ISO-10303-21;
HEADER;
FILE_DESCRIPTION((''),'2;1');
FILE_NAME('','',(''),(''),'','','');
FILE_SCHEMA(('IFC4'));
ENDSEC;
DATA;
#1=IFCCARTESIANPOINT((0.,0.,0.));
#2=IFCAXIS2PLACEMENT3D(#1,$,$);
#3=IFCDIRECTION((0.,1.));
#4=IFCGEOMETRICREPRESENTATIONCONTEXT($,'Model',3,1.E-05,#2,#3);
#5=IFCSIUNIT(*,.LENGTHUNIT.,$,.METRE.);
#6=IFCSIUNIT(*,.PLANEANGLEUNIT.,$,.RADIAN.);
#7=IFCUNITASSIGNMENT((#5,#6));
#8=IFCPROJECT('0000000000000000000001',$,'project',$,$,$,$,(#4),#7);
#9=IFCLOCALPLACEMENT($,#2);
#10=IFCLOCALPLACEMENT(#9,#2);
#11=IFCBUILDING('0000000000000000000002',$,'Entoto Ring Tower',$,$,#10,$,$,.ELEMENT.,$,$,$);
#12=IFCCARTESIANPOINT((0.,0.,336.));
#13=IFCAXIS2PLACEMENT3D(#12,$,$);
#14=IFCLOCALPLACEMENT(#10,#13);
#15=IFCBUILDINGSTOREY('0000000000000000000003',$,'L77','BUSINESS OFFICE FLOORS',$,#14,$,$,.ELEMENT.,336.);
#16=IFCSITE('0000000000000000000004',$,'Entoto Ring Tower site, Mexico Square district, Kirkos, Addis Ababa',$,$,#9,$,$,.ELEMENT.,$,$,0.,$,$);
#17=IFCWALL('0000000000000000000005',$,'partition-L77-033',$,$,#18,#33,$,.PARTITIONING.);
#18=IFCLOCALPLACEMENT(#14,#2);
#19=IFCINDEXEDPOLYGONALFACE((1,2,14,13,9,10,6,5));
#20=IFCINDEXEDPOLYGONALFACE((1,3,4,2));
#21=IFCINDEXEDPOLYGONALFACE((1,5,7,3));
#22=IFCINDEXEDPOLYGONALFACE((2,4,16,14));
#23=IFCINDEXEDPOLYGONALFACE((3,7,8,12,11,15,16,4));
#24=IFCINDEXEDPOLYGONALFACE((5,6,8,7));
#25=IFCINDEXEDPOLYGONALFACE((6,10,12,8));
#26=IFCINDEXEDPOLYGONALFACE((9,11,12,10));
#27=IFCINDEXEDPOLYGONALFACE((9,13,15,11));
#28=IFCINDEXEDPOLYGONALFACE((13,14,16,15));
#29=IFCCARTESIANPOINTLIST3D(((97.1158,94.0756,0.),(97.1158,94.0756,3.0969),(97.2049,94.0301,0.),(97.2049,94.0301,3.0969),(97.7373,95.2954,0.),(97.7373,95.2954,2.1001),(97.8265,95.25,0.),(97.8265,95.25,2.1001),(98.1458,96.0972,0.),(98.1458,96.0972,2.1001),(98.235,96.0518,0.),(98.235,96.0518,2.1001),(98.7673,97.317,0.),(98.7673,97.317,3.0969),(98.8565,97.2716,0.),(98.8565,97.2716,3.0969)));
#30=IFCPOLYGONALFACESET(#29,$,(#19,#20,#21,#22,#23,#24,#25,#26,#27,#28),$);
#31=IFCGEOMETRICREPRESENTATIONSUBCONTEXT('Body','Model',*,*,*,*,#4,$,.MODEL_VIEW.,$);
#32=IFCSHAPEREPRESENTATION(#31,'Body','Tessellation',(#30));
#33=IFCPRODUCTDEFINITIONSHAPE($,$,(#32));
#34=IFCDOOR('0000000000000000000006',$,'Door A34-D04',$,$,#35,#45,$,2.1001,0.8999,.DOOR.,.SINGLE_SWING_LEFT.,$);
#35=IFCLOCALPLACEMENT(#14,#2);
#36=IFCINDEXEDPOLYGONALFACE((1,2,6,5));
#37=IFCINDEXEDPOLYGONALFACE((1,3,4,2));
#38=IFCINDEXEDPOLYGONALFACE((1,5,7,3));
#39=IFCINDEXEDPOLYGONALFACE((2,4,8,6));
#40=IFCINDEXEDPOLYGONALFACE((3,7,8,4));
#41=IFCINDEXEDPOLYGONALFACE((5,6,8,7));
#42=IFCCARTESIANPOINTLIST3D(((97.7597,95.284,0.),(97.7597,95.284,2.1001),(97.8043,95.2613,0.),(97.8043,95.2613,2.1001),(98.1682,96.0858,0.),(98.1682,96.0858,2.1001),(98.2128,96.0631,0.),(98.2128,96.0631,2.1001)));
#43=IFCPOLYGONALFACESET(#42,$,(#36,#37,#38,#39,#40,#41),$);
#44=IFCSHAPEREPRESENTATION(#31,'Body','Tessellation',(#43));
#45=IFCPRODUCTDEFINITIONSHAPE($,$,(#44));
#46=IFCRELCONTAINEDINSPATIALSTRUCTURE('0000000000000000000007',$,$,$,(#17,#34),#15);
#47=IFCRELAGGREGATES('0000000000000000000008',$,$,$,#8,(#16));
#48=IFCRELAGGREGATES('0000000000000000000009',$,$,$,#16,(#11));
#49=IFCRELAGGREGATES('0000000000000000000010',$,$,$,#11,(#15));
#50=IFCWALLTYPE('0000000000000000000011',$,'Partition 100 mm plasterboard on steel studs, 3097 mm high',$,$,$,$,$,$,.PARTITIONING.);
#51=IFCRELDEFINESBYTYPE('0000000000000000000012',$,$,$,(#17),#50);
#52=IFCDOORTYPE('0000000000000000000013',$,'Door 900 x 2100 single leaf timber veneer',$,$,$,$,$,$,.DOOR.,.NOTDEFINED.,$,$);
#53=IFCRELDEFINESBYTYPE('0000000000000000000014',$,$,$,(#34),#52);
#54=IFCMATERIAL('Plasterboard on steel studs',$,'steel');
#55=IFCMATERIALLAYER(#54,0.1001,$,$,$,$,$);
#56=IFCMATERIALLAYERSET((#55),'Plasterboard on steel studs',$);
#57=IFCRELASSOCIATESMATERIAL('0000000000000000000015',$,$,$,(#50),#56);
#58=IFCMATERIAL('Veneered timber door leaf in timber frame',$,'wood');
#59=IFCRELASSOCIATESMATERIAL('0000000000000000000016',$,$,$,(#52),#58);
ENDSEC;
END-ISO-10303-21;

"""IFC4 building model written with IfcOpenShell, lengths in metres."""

from ifc_helpers import new_model, si_unit, direction, frame, frame_2d, origin, place, context, subcontext, project, spatial, rectangle, extrude, material, layer, layer_set, type_object, element, fill, save


model = new_model("IFC4")

# Units and contexts
model_context = context("Model", 3, precision=1e-05, world=origin(), true_north=direction((0.0, 1.0)))
body_context = subcontext(model_context, "Body", "Model", "MODEL_VIEW")
ifc_project = project(units=[si_unit("LENGTHUNIT", "METRE"), si_unit("PLANEANGLEUNIT", "RADIAN")], contexts=[model_context])

# Site, building, storey
site_placement = place(None, origin())
site = spatial("IfcSite", under=ifc_project, at=site_placement, Name="Entoto Ring Tower site, Mexico Square district, Kirkos, Addis Ababa", CompositionType="ELEMENT", RefElevation=0.0)
building_placement = place(site_placement, origin())
building = spatial("IfcBuilding", under=site, at=building_placement, Name="Entoto Ring Tower", CompositionType="ELEMENT")
storey_placement = place(building_placement, frame((0.0, 0.0, 336.0)))
storey = spatial("IfcBuildingStorey", under=building, at=storey_placement, Name="L77", Description="BUSINESS OFFICE FLOORS", CompositionType="ELEMENT", Elevation=336.0)

# Wall, opening, door
ifc_material_1 = material(Name="Plasterboard on steel studs", Category="steel")
ifc_layer_1 = layer(ifc_material_1, 0.1001)
ifc_layer_set_1 = layer_set([ifc_layer_1], Name="Plasterboard on steel studs")
wall_type_1 = type_object("IfcWallType", Name="Partition 100 mm plasterboard on steel studs, 3097 mm high", PredefinedType="PARTITIONING", material=ifc_layer_set_1)
wall_1_placement = place(storey_placement, frame((97.1604, 94.053, 0.0), z_axis=(0.0, 0.0, 1.0), x_axis=(0.453992, 0.891006, 0.0)))
wall_1 = element("IfcWall", 1, at=wall_1_placement, inside=storey, type_object=wall_type_1, Name="partition-L77-033", PredefinedType="PARTITIONING", context=body_context, shape_type="SweptSolid", body=[
    extrude(rectangle(XDim=3.6379, YDim=0.1001, at=frame_2d((1.8188, 0.0))), origin(), (0.0, 0.0, 1.0), 3.0969),
])
opening_1_placement = place(wall_1_placement, frame((1.3689, 0.0, 0.0)))
opening_1 = element("IfcOpeningElement", 2, at=opening_1_placement, cuts=wall_1, PredefinedType="OPENING", context=body_context, shape_type="SweptSolid", body=[
    extrude(rectangle(XDim=0.8999, YDim=2.1001, at=frame_2d((0.45, 1.05))), frame((0.0, 0.0601, 0.0), z_axis=(0.0, -1.0, 0.0), x_axis=(1.0, 0.0, 0.0)), (0.0, 0.0, 1.0), 0.1201),
])
ifc_material_2 = material(Name="Veneered timber door leaf in timber frame", Category="wood")
door_type_1 = type_object("IfcDoorType", Name="Door 900 x 2100 single leaf timber veneer", OperationType="NOTDEFINED", PredefinedType="DOOR", material=ifc_material_2)
door_1_placement = place(opening_1_placement, origin())
door_1 = element("IfcDoor", 3, at=door_1_placement, inside=storey, type_object=door_type_1, Name="Door A34-D04", OperationType="SINGLE_SWING_LEFT", OverallHeight=2.1001, OverallWidth=0.8999, PredefinedType="DOOR", context=body_context, shape_type="SweptSolid", body=[
    extrude(rectangle(XDim=0.8999, YDim=2.1001, at=frame_2d((0.45, 1.05))), frame((0.0, 0.0249, 0.0), z_axis=(0.0, -1.0, 0.0), x_axis=(1.0, 0.0, 0.0)), (0.0, 0.0, 1.0), 0.05),
])
fill(opening_1, door_1)

save(model, "model.ifc")
